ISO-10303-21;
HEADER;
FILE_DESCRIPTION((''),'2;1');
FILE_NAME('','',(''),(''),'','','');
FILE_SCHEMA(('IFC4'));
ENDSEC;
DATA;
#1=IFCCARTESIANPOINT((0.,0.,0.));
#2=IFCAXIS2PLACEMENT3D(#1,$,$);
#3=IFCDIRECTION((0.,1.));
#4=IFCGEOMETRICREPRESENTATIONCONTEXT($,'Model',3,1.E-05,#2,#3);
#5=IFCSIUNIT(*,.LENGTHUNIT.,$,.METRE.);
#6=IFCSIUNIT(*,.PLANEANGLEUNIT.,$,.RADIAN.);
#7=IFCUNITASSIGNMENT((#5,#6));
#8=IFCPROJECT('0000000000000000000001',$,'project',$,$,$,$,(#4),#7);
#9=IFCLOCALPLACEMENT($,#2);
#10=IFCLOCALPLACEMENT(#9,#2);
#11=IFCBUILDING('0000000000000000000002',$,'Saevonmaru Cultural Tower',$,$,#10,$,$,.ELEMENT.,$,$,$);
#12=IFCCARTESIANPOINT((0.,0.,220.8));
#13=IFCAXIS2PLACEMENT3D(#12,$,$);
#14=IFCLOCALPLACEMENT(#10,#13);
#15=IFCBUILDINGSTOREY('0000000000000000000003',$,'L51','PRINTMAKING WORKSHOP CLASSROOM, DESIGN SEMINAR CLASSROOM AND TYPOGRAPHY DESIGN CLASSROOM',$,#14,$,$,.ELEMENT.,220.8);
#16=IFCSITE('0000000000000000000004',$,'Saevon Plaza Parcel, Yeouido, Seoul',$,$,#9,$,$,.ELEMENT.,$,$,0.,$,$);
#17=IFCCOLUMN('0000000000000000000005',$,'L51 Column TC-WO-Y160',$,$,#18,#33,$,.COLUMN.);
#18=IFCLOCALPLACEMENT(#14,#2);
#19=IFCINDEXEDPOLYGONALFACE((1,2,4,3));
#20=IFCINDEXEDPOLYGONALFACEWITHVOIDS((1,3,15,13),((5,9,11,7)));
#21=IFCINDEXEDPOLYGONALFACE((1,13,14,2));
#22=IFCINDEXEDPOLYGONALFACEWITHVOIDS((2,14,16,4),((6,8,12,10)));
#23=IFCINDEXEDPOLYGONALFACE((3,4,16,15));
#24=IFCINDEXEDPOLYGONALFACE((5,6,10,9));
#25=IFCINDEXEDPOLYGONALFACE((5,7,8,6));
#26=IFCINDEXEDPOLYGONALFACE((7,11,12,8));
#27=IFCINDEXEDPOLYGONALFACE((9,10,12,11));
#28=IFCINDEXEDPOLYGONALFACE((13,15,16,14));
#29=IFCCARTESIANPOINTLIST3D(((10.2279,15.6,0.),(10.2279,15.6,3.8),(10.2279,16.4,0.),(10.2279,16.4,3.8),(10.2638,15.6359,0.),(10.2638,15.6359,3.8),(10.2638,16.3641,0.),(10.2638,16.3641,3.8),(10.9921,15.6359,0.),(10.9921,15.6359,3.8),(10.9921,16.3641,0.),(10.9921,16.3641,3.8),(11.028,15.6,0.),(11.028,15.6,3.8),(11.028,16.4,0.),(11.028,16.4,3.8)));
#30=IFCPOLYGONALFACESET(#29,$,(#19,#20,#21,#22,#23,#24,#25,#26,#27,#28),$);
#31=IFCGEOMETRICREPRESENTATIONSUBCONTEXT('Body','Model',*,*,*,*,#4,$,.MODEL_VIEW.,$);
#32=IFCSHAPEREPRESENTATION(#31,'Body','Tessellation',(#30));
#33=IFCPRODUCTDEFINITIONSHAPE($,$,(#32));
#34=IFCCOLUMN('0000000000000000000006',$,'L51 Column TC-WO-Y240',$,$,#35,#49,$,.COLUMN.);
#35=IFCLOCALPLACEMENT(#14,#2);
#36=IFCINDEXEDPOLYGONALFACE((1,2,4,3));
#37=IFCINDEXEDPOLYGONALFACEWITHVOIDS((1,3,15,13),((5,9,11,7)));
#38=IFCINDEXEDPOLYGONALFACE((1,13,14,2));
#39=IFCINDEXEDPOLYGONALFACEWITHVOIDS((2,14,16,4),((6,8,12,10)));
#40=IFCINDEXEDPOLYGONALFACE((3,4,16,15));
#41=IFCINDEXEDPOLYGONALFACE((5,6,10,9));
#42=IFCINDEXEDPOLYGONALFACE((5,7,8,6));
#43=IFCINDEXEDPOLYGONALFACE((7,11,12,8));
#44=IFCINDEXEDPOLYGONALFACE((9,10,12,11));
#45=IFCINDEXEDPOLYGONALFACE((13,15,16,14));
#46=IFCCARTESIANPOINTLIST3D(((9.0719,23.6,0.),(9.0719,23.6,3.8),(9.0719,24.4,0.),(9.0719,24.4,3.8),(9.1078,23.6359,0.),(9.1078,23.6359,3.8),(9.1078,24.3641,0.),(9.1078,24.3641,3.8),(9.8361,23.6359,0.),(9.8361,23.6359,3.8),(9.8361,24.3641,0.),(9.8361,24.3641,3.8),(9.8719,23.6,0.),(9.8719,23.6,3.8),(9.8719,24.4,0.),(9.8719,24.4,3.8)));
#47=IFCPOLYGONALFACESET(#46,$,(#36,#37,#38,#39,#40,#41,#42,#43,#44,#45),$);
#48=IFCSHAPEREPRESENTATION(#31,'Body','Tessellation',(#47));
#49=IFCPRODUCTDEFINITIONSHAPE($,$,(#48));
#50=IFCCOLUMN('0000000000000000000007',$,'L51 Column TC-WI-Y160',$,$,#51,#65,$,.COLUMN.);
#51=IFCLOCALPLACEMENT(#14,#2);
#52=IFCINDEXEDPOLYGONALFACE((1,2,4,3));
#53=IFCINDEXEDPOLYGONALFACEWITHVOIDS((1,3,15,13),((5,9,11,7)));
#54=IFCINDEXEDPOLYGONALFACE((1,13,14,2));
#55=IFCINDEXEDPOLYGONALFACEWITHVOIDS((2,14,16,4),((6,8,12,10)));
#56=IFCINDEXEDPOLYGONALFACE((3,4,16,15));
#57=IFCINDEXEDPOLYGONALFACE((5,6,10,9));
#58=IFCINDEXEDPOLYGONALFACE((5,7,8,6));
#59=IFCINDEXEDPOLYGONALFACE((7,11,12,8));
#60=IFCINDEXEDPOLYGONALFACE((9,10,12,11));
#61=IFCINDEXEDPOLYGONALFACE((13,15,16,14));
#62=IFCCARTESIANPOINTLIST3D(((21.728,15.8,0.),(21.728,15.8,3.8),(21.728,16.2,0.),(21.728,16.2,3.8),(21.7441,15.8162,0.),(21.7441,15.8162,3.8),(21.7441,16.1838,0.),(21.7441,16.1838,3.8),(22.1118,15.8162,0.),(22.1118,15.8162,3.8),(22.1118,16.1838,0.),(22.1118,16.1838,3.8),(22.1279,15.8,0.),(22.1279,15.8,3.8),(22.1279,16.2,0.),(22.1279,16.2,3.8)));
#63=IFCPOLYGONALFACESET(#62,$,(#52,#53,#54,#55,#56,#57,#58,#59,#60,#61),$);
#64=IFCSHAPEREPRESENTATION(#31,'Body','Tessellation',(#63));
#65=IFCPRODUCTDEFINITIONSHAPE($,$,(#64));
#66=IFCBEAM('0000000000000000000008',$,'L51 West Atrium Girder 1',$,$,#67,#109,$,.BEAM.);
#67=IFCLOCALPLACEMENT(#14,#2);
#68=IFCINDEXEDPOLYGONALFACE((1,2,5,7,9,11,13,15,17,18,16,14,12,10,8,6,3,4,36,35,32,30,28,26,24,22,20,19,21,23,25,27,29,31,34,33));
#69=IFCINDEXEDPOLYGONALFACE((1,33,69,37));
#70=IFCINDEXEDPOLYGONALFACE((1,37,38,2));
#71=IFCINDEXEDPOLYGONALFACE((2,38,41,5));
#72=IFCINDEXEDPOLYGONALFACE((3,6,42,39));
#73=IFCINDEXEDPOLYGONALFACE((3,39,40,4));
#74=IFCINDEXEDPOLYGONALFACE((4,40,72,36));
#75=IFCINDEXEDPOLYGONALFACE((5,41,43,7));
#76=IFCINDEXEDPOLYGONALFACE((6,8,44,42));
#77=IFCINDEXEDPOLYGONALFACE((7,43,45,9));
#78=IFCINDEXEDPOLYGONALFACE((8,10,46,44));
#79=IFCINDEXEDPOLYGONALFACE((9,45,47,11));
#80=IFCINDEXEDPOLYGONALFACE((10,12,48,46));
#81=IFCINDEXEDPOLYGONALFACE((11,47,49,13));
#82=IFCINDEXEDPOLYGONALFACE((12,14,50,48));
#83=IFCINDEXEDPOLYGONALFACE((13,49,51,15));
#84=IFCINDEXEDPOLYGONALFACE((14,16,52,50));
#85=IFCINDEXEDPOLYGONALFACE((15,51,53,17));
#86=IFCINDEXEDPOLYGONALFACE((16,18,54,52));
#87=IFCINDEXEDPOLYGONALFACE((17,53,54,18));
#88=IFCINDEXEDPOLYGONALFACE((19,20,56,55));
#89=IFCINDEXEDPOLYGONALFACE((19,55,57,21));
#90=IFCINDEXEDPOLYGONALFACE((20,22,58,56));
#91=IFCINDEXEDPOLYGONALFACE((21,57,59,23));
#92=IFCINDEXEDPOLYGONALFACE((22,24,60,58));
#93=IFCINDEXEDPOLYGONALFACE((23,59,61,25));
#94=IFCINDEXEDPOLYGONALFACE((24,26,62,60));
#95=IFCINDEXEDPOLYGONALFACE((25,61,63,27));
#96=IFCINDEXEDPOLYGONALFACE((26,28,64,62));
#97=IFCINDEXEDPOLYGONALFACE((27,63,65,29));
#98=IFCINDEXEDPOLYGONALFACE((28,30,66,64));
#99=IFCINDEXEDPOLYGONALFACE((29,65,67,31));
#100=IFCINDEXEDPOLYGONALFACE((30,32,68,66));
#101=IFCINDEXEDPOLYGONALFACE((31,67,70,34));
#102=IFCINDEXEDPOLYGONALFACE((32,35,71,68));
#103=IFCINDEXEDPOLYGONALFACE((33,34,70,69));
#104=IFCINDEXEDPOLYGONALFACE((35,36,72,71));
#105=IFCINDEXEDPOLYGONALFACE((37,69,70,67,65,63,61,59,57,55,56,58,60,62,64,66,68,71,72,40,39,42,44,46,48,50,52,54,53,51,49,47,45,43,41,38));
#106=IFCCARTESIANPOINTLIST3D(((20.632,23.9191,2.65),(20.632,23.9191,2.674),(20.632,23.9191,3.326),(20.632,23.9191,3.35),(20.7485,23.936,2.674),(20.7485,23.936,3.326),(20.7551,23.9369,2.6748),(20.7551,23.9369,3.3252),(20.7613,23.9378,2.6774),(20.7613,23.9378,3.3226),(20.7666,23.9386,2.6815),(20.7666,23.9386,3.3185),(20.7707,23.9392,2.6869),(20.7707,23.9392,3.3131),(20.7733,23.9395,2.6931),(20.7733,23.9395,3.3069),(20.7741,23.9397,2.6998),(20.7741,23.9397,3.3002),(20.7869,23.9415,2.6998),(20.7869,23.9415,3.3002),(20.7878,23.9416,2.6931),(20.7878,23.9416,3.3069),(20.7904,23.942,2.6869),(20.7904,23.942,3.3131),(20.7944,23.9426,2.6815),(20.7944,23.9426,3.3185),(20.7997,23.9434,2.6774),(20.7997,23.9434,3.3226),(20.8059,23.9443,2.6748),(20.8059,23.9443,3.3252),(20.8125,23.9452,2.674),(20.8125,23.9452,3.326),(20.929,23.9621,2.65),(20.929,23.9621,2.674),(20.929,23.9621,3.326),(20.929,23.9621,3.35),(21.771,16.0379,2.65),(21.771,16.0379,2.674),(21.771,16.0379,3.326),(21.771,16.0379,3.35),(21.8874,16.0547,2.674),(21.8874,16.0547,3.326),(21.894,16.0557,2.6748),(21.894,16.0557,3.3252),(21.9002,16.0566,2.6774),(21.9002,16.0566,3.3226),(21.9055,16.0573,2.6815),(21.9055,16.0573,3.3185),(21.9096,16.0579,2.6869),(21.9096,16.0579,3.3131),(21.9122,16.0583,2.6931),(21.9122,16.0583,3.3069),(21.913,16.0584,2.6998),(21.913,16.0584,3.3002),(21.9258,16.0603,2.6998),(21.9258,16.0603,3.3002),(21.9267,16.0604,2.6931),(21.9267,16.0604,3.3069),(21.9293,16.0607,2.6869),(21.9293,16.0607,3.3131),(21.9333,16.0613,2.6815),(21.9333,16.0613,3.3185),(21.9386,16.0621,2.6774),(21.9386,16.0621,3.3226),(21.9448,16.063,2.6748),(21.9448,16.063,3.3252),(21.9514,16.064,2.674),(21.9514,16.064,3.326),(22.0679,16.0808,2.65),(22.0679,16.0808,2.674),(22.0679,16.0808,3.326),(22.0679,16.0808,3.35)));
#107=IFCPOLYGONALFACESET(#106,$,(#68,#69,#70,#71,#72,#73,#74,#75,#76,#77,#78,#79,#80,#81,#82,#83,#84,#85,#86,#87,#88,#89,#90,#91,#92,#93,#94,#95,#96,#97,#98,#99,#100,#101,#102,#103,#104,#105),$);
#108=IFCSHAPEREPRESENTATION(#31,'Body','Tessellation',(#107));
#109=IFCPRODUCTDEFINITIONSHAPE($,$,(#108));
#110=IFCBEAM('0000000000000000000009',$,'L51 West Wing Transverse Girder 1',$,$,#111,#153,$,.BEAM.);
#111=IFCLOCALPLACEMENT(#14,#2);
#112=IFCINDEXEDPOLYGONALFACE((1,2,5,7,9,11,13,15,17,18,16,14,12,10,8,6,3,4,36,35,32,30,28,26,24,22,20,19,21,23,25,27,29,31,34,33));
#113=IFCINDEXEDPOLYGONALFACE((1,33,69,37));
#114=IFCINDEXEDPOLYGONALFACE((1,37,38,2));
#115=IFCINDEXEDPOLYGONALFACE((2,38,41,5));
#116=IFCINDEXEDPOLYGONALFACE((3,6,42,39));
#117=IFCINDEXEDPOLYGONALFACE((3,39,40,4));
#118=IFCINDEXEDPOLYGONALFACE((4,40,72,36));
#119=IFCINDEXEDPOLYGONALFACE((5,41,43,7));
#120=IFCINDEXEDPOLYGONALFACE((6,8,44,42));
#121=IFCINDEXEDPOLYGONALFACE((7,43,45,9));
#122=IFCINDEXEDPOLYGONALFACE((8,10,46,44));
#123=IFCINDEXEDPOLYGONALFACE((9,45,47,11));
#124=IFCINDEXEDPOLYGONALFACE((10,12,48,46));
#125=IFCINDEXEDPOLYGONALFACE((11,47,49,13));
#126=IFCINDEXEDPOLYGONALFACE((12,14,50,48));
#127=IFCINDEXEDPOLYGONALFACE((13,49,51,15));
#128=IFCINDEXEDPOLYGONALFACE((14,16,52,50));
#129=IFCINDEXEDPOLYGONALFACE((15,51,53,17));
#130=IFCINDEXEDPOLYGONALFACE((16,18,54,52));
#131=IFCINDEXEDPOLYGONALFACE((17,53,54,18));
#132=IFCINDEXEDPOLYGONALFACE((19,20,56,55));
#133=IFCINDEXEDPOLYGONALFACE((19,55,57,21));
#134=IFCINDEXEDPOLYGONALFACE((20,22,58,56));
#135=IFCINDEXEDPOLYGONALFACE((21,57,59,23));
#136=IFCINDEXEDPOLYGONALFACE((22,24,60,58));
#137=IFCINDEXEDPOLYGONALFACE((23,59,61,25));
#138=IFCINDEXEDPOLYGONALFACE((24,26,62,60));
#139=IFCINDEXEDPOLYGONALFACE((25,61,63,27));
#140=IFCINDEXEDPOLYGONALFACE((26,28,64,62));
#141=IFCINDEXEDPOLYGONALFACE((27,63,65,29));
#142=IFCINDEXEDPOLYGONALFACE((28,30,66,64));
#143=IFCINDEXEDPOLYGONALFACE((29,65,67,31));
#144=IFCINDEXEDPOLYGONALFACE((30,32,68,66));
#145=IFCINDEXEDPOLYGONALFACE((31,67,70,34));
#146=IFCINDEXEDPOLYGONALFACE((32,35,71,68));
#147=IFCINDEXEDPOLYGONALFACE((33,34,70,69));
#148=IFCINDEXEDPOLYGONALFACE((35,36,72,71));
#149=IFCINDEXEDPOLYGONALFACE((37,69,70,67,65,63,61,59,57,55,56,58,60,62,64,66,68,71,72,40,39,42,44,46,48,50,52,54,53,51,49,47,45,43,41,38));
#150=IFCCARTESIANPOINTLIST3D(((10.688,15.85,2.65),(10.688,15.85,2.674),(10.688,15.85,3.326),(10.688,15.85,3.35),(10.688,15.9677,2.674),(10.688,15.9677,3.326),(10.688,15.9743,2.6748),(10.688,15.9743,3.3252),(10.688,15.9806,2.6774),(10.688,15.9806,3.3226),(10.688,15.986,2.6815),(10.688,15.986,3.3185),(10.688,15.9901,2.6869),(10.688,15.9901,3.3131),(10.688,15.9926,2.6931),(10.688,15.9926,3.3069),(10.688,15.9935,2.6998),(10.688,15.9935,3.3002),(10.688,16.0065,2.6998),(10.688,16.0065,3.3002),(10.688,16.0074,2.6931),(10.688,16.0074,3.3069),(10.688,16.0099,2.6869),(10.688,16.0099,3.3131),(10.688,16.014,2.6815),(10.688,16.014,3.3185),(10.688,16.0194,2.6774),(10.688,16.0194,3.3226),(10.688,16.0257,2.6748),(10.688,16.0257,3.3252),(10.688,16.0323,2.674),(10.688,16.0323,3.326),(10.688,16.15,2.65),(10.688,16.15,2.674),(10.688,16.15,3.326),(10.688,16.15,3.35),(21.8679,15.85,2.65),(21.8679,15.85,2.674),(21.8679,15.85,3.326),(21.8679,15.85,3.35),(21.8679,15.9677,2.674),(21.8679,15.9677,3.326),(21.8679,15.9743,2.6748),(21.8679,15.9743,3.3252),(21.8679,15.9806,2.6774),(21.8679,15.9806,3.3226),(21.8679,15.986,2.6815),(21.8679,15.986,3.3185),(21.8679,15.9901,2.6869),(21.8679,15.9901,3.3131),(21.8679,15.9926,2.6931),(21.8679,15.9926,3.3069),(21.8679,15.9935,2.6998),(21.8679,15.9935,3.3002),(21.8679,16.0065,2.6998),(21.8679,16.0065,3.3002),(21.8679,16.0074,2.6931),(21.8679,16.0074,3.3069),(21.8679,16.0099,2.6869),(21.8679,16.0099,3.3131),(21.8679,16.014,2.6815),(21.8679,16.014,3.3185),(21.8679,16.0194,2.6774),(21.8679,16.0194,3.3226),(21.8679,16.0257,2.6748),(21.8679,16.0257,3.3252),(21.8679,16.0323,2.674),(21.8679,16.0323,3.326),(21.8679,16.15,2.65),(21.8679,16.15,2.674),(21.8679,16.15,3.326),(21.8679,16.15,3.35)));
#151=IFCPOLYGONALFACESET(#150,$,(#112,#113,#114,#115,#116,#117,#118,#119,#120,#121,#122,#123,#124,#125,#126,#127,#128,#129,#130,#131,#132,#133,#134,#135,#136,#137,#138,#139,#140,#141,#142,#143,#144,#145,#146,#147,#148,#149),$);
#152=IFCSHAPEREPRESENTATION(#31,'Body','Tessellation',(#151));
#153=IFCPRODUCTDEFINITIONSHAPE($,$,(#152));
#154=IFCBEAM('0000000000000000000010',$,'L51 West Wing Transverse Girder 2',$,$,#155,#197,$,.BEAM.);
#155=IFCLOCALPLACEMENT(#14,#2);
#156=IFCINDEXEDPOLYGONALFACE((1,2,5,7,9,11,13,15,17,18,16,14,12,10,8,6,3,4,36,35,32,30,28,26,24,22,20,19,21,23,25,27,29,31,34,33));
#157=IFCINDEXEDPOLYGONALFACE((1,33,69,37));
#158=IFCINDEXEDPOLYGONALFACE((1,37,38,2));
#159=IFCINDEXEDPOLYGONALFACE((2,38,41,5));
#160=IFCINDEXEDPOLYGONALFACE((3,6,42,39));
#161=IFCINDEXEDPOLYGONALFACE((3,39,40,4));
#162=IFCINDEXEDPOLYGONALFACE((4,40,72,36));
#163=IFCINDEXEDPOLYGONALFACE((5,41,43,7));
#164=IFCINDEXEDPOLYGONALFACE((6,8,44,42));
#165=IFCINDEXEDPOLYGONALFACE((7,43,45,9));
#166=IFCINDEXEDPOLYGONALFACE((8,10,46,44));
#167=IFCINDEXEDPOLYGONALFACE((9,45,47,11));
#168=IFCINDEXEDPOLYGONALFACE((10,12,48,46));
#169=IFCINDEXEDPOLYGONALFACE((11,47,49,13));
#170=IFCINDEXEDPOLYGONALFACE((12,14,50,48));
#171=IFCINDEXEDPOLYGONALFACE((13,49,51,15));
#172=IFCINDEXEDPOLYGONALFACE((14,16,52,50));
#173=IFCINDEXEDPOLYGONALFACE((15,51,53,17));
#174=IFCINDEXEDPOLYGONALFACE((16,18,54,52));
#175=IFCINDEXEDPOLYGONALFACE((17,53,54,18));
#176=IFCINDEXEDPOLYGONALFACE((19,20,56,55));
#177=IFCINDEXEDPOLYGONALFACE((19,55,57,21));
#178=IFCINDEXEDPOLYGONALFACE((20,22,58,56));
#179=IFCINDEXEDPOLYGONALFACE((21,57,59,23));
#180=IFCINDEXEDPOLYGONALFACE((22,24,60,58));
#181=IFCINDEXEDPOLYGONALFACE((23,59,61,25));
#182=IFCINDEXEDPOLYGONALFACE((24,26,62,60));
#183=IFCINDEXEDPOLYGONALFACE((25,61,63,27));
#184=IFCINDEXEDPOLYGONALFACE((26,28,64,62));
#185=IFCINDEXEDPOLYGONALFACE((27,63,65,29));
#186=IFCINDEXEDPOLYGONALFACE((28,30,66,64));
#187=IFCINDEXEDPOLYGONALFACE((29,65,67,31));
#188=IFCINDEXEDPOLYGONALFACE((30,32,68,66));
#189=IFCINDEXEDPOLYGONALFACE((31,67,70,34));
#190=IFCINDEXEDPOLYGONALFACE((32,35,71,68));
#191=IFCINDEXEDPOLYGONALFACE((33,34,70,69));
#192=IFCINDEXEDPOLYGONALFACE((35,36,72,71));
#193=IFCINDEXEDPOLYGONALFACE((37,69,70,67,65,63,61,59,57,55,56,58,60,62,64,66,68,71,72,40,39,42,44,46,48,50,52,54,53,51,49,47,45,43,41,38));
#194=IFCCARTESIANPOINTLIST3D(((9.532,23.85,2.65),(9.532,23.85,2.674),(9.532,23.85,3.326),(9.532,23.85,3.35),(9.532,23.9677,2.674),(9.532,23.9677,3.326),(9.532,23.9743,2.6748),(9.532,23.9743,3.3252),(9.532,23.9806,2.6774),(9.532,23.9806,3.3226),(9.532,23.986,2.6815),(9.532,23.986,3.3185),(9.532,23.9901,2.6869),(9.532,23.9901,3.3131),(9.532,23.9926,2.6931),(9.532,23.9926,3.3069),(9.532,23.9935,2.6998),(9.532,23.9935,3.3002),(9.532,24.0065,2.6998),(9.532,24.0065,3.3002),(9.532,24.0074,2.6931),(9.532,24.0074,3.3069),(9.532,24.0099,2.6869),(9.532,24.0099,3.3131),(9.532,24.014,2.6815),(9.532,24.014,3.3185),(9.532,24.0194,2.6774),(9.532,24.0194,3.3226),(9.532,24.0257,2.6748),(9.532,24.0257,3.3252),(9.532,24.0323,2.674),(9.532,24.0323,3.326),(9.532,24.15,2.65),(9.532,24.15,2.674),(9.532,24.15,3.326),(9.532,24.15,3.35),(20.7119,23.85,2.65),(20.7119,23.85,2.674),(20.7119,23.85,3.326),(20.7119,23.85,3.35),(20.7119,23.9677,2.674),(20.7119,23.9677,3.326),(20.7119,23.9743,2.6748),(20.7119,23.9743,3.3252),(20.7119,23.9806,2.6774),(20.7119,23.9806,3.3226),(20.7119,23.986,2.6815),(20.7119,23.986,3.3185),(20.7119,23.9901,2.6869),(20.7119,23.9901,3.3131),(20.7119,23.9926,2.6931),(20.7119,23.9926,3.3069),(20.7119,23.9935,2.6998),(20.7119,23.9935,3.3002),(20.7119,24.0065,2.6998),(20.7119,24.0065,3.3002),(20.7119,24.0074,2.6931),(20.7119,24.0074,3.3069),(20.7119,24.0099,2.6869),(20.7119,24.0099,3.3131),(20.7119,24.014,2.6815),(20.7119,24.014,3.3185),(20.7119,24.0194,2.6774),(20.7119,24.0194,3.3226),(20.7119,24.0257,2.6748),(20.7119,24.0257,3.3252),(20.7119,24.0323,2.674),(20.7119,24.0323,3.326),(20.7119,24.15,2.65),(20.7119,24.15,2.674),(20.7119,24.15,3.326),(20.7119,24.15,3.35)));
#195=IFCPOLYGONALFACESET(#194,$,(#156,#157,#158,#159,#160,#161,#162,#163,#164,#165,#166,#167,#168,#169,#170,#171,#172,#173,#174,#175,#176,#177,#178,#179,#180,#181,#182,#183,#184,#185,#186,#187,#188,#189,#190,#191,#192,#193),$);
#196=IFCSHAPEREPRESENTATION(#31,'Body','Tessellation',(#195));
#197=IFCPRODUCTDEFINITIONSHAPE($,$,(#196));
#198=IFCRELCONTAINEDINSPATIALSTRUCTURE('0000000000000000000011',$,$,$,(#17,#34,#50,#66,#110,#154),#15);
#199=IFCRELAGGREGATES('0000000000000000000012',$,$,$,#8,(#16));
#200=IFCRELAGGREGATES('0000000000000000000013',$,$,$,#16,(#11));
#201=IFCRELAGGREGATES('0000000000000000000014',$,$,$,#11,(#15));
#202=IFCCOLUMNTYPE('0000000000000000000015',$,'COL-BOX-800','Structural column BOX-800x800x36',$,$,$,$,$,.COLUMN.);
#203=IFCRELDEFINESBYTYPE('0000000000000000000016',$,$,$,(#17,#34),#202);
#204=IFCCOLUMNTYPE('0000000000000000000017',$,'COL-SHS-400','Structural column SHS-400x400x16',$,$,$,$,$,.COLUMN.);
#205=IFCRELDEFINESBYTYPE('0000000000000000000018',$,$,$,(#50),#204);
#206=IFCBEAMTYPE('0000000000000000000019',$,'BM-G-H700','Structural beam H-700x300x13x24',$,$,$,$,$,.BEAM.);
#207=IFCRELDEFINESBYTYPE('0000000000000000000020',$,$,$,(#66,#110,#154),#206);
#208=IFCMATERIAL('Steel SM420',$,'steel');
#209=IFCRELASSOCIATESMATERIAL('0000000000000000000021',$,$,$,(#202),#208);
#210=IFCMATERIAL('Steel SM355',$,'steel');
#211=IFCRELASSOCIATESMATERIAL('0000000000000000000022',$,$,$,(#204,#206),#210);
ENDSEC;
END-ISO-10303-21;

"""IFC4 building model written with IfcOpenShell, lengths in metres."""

from ifc_helpers import new_model, si_unit, direction, frame, origin, origin_2d, place, context, subcontext, project, spatial, hollow_rectangle, i_section, extrude, material, material_profile, profile_set, type_object, element, save


model = new_model("IFC4")

# Units and contexts
model_context = context("Model", 3, precision=1e-05, world=origin(), true_north=direction((0.0, 1.0)))
body_context = subcontext(model_context, "Body", "Model", "MODEL_VIEW")
ifc_project = project(units=[si_unit("LENGTHUNIT", "METRE"), si_unit("PLANEANGLEUNIT", "RADIAN")], contexts=[model_context])

# Site, building, storey
site_placement = place(None, origin())
site = spatial("IfcSite", under=ifc_project, at=site_placement, Name="Saevon Plaza Parcel, Yeouido, Seoul", CompositionType="ELEMENT", RefElevation=0.0)
building_placement = place(site_placement, origin())
building = spatial("IfcBuilding", under=site, at=building_placement, Name="Saevonmaru Cultural Tower", CompositionType="ELEMENT")
storey_placement = place(building_placement, frame((0.0, 0.0, 220.8)))
storey = spatial("IfcBuildingStorey", under=building, at=storey_placement, Name="L51", Description="PRINTMAKING WORKSHOP CLASSROOM, DESIGN SEMINAR CLASSROOM AND TYPOGRAPHY DESIGN CLASSROOM", CompositionType="ELEMENT", Elevation=220.8)

# Columns
ifc_material_1 = material(Name="Steel SM420", Category="steel")
ifc_material_profile_1 = material_profile(ifc_material_1, hollow_rectangle(XDim=0.8, YDim=0.8, WallThickness=0.0359, at=origin_2d()), Name="BOX-800x800x36")
ifc_profile_set_1 = profile_set([ifc_material_profile_1], Name="Steel SM420")
column_type_1 = type_object("IfcColumnType", Name="COL-BOX-800", Description="Structural column BOX-800x800x36", PredefinedType="COLUMN", material=ifc_profile_set_1)
for number, where, z_axis, x_axis, name in (
    (1, (10.6279, 16.0, 0.0), (0.0, 0.0, 1.0), (1.0, 0.0, 0.0), "L51 Column TC-WO-Y160"),
    (2, (9.4719, 24.0, 0.0), (0.0, 0.0, 1.0), (1.0, 0.0, 0.0), "L51 Column TC-WO-Y240"),
):
    element("IfcColumn", number, at=place(storey_placement, frame(where, z_axis=z_axis, x_axis=x_axis)), inside=storey, type_object=column_type_1, Name=name, PredefinedType="COLUMN", context=body_context, shape_type="SweptSolid", body=[
        extrude(hollow_rectangle(XDim=0.8, YDim=0.8, WallThickness=0.0359, at=origin_2d()), origin(), (0.0, 0.0, 1.0), 3.8),
    ])
ifc_material_2 = material(Name="Steel SM355", Category="steel")
ifc_material_profile_2 = material_profile(ifc_material_2, hollow_rectangle(XDim=0.3999, YDim=0.3999, WallThickness=0.0161, at=origin_2d()), Name="SHS-400x400x16")
ifc_profile_set_2 = profile_set([ifc_material_profile_2], Name="Steel SM355")
column_type_2 = type_object("IfcColumnType", Name="COL-SHS-400", Description="Structural column SHS-400x400x16", PredefinedType="COLUMN", material=ifc_profile_set_2)
column_placement = place(storey_placement, frame((21.928, 16.0, 0.0), z_axis=(0.0, 0.0, 1.0), x_axis=(1.0, 0.0, 0.0)))
element("IfcColumn", 3, at=column_placement, inside=storey, type_object=column_type_2, Name="L51 Column TC-WI-Y160", PredefinedType="COLUMN", context=body_context, shape_type="SweptSolid", body=[
    extrude(hollow_rectangle(XDim=0.3999, YDim=0.3999, WallThickness=0.0161, at=origin_2d()), origin(), (0.0, 0.0, 1.0), 3.8),
])

# Beams
ifc_material_profile_3 = material_profile(ifc_material_2, i_section(OverallWidth=0.3, OverallDepth=0.7, WebThickness=0.0129, FlangeThickness=0.0239, FilletRadius=0.0259, at=origin_2d()), Name="H-700x300x13x24")
ifc_profile_set_3 = profile_set([ifc_material_profile_3], Name="Steel SM355")
beam_type_1 = type_object("IfcBeamType", Name="BM-G-H700", Description="Structural beam H-700x300x13x24", PredefinedType="BEAM", material=ifc_profile_set_3)
beam_1_placement = place(storey_placement, frame((21.9194, 16.0593, 3.0), z_axis=(-0.143022, 0.989719, 0.0), x_axis=(-0.989719, -0.143022, 0.0)))
element("IfcBeam", 4, at=beam_1_placement, inside=storey, type_object=beam_type_1, Name="L51 West Atrium Girder 1", PredefinedType="BEAM", context=body_context, shape_type="SweptSolid", body=[
    extrude(i_section(OverallWidth=0.3, OverallDepth=0.7, WebThickness=0.0129, FlangeThickness=0.0239, FilletRadius=0.0259, at=origin_2d()), origin(), (0.0, 0.0, 1.0), 7.9631),
])
for number, where, z_axis, x_axis, name in (
    (5, (10.688, 16.0, 3.0), (1.0, 0.0, 0.0), (0.0, 1.0, 0.0), "L51 West Wing Transverse Girder 1"),
    (6, (9.532, 24.0, 3.0), (1.0, 0.0, 0.0), (0.0, 1.0, 0.0), "L51 West Wing Transverse Girder 2"),
):
    element("IfcBeam", number, at=place(storey_placement, frame(where, z_axis=z_axis, x_axis=x_axis)), inside=storey, type_object=beam_type_1, Name=name, PredefinedType="BEAM", context=body_context, shape_type="SweptSolid", body=[
        extrude(i_section(OverallWidth=0.3, OverallDepth=0.7, WebThickness=0.0129, FlangeThickness=0.0239, FilletRadius=0.0259, at=origin_2d()), origin(), (0.0, 0.0, 1.0), 11.1799),
    ])

save(model, "model.ifc")
